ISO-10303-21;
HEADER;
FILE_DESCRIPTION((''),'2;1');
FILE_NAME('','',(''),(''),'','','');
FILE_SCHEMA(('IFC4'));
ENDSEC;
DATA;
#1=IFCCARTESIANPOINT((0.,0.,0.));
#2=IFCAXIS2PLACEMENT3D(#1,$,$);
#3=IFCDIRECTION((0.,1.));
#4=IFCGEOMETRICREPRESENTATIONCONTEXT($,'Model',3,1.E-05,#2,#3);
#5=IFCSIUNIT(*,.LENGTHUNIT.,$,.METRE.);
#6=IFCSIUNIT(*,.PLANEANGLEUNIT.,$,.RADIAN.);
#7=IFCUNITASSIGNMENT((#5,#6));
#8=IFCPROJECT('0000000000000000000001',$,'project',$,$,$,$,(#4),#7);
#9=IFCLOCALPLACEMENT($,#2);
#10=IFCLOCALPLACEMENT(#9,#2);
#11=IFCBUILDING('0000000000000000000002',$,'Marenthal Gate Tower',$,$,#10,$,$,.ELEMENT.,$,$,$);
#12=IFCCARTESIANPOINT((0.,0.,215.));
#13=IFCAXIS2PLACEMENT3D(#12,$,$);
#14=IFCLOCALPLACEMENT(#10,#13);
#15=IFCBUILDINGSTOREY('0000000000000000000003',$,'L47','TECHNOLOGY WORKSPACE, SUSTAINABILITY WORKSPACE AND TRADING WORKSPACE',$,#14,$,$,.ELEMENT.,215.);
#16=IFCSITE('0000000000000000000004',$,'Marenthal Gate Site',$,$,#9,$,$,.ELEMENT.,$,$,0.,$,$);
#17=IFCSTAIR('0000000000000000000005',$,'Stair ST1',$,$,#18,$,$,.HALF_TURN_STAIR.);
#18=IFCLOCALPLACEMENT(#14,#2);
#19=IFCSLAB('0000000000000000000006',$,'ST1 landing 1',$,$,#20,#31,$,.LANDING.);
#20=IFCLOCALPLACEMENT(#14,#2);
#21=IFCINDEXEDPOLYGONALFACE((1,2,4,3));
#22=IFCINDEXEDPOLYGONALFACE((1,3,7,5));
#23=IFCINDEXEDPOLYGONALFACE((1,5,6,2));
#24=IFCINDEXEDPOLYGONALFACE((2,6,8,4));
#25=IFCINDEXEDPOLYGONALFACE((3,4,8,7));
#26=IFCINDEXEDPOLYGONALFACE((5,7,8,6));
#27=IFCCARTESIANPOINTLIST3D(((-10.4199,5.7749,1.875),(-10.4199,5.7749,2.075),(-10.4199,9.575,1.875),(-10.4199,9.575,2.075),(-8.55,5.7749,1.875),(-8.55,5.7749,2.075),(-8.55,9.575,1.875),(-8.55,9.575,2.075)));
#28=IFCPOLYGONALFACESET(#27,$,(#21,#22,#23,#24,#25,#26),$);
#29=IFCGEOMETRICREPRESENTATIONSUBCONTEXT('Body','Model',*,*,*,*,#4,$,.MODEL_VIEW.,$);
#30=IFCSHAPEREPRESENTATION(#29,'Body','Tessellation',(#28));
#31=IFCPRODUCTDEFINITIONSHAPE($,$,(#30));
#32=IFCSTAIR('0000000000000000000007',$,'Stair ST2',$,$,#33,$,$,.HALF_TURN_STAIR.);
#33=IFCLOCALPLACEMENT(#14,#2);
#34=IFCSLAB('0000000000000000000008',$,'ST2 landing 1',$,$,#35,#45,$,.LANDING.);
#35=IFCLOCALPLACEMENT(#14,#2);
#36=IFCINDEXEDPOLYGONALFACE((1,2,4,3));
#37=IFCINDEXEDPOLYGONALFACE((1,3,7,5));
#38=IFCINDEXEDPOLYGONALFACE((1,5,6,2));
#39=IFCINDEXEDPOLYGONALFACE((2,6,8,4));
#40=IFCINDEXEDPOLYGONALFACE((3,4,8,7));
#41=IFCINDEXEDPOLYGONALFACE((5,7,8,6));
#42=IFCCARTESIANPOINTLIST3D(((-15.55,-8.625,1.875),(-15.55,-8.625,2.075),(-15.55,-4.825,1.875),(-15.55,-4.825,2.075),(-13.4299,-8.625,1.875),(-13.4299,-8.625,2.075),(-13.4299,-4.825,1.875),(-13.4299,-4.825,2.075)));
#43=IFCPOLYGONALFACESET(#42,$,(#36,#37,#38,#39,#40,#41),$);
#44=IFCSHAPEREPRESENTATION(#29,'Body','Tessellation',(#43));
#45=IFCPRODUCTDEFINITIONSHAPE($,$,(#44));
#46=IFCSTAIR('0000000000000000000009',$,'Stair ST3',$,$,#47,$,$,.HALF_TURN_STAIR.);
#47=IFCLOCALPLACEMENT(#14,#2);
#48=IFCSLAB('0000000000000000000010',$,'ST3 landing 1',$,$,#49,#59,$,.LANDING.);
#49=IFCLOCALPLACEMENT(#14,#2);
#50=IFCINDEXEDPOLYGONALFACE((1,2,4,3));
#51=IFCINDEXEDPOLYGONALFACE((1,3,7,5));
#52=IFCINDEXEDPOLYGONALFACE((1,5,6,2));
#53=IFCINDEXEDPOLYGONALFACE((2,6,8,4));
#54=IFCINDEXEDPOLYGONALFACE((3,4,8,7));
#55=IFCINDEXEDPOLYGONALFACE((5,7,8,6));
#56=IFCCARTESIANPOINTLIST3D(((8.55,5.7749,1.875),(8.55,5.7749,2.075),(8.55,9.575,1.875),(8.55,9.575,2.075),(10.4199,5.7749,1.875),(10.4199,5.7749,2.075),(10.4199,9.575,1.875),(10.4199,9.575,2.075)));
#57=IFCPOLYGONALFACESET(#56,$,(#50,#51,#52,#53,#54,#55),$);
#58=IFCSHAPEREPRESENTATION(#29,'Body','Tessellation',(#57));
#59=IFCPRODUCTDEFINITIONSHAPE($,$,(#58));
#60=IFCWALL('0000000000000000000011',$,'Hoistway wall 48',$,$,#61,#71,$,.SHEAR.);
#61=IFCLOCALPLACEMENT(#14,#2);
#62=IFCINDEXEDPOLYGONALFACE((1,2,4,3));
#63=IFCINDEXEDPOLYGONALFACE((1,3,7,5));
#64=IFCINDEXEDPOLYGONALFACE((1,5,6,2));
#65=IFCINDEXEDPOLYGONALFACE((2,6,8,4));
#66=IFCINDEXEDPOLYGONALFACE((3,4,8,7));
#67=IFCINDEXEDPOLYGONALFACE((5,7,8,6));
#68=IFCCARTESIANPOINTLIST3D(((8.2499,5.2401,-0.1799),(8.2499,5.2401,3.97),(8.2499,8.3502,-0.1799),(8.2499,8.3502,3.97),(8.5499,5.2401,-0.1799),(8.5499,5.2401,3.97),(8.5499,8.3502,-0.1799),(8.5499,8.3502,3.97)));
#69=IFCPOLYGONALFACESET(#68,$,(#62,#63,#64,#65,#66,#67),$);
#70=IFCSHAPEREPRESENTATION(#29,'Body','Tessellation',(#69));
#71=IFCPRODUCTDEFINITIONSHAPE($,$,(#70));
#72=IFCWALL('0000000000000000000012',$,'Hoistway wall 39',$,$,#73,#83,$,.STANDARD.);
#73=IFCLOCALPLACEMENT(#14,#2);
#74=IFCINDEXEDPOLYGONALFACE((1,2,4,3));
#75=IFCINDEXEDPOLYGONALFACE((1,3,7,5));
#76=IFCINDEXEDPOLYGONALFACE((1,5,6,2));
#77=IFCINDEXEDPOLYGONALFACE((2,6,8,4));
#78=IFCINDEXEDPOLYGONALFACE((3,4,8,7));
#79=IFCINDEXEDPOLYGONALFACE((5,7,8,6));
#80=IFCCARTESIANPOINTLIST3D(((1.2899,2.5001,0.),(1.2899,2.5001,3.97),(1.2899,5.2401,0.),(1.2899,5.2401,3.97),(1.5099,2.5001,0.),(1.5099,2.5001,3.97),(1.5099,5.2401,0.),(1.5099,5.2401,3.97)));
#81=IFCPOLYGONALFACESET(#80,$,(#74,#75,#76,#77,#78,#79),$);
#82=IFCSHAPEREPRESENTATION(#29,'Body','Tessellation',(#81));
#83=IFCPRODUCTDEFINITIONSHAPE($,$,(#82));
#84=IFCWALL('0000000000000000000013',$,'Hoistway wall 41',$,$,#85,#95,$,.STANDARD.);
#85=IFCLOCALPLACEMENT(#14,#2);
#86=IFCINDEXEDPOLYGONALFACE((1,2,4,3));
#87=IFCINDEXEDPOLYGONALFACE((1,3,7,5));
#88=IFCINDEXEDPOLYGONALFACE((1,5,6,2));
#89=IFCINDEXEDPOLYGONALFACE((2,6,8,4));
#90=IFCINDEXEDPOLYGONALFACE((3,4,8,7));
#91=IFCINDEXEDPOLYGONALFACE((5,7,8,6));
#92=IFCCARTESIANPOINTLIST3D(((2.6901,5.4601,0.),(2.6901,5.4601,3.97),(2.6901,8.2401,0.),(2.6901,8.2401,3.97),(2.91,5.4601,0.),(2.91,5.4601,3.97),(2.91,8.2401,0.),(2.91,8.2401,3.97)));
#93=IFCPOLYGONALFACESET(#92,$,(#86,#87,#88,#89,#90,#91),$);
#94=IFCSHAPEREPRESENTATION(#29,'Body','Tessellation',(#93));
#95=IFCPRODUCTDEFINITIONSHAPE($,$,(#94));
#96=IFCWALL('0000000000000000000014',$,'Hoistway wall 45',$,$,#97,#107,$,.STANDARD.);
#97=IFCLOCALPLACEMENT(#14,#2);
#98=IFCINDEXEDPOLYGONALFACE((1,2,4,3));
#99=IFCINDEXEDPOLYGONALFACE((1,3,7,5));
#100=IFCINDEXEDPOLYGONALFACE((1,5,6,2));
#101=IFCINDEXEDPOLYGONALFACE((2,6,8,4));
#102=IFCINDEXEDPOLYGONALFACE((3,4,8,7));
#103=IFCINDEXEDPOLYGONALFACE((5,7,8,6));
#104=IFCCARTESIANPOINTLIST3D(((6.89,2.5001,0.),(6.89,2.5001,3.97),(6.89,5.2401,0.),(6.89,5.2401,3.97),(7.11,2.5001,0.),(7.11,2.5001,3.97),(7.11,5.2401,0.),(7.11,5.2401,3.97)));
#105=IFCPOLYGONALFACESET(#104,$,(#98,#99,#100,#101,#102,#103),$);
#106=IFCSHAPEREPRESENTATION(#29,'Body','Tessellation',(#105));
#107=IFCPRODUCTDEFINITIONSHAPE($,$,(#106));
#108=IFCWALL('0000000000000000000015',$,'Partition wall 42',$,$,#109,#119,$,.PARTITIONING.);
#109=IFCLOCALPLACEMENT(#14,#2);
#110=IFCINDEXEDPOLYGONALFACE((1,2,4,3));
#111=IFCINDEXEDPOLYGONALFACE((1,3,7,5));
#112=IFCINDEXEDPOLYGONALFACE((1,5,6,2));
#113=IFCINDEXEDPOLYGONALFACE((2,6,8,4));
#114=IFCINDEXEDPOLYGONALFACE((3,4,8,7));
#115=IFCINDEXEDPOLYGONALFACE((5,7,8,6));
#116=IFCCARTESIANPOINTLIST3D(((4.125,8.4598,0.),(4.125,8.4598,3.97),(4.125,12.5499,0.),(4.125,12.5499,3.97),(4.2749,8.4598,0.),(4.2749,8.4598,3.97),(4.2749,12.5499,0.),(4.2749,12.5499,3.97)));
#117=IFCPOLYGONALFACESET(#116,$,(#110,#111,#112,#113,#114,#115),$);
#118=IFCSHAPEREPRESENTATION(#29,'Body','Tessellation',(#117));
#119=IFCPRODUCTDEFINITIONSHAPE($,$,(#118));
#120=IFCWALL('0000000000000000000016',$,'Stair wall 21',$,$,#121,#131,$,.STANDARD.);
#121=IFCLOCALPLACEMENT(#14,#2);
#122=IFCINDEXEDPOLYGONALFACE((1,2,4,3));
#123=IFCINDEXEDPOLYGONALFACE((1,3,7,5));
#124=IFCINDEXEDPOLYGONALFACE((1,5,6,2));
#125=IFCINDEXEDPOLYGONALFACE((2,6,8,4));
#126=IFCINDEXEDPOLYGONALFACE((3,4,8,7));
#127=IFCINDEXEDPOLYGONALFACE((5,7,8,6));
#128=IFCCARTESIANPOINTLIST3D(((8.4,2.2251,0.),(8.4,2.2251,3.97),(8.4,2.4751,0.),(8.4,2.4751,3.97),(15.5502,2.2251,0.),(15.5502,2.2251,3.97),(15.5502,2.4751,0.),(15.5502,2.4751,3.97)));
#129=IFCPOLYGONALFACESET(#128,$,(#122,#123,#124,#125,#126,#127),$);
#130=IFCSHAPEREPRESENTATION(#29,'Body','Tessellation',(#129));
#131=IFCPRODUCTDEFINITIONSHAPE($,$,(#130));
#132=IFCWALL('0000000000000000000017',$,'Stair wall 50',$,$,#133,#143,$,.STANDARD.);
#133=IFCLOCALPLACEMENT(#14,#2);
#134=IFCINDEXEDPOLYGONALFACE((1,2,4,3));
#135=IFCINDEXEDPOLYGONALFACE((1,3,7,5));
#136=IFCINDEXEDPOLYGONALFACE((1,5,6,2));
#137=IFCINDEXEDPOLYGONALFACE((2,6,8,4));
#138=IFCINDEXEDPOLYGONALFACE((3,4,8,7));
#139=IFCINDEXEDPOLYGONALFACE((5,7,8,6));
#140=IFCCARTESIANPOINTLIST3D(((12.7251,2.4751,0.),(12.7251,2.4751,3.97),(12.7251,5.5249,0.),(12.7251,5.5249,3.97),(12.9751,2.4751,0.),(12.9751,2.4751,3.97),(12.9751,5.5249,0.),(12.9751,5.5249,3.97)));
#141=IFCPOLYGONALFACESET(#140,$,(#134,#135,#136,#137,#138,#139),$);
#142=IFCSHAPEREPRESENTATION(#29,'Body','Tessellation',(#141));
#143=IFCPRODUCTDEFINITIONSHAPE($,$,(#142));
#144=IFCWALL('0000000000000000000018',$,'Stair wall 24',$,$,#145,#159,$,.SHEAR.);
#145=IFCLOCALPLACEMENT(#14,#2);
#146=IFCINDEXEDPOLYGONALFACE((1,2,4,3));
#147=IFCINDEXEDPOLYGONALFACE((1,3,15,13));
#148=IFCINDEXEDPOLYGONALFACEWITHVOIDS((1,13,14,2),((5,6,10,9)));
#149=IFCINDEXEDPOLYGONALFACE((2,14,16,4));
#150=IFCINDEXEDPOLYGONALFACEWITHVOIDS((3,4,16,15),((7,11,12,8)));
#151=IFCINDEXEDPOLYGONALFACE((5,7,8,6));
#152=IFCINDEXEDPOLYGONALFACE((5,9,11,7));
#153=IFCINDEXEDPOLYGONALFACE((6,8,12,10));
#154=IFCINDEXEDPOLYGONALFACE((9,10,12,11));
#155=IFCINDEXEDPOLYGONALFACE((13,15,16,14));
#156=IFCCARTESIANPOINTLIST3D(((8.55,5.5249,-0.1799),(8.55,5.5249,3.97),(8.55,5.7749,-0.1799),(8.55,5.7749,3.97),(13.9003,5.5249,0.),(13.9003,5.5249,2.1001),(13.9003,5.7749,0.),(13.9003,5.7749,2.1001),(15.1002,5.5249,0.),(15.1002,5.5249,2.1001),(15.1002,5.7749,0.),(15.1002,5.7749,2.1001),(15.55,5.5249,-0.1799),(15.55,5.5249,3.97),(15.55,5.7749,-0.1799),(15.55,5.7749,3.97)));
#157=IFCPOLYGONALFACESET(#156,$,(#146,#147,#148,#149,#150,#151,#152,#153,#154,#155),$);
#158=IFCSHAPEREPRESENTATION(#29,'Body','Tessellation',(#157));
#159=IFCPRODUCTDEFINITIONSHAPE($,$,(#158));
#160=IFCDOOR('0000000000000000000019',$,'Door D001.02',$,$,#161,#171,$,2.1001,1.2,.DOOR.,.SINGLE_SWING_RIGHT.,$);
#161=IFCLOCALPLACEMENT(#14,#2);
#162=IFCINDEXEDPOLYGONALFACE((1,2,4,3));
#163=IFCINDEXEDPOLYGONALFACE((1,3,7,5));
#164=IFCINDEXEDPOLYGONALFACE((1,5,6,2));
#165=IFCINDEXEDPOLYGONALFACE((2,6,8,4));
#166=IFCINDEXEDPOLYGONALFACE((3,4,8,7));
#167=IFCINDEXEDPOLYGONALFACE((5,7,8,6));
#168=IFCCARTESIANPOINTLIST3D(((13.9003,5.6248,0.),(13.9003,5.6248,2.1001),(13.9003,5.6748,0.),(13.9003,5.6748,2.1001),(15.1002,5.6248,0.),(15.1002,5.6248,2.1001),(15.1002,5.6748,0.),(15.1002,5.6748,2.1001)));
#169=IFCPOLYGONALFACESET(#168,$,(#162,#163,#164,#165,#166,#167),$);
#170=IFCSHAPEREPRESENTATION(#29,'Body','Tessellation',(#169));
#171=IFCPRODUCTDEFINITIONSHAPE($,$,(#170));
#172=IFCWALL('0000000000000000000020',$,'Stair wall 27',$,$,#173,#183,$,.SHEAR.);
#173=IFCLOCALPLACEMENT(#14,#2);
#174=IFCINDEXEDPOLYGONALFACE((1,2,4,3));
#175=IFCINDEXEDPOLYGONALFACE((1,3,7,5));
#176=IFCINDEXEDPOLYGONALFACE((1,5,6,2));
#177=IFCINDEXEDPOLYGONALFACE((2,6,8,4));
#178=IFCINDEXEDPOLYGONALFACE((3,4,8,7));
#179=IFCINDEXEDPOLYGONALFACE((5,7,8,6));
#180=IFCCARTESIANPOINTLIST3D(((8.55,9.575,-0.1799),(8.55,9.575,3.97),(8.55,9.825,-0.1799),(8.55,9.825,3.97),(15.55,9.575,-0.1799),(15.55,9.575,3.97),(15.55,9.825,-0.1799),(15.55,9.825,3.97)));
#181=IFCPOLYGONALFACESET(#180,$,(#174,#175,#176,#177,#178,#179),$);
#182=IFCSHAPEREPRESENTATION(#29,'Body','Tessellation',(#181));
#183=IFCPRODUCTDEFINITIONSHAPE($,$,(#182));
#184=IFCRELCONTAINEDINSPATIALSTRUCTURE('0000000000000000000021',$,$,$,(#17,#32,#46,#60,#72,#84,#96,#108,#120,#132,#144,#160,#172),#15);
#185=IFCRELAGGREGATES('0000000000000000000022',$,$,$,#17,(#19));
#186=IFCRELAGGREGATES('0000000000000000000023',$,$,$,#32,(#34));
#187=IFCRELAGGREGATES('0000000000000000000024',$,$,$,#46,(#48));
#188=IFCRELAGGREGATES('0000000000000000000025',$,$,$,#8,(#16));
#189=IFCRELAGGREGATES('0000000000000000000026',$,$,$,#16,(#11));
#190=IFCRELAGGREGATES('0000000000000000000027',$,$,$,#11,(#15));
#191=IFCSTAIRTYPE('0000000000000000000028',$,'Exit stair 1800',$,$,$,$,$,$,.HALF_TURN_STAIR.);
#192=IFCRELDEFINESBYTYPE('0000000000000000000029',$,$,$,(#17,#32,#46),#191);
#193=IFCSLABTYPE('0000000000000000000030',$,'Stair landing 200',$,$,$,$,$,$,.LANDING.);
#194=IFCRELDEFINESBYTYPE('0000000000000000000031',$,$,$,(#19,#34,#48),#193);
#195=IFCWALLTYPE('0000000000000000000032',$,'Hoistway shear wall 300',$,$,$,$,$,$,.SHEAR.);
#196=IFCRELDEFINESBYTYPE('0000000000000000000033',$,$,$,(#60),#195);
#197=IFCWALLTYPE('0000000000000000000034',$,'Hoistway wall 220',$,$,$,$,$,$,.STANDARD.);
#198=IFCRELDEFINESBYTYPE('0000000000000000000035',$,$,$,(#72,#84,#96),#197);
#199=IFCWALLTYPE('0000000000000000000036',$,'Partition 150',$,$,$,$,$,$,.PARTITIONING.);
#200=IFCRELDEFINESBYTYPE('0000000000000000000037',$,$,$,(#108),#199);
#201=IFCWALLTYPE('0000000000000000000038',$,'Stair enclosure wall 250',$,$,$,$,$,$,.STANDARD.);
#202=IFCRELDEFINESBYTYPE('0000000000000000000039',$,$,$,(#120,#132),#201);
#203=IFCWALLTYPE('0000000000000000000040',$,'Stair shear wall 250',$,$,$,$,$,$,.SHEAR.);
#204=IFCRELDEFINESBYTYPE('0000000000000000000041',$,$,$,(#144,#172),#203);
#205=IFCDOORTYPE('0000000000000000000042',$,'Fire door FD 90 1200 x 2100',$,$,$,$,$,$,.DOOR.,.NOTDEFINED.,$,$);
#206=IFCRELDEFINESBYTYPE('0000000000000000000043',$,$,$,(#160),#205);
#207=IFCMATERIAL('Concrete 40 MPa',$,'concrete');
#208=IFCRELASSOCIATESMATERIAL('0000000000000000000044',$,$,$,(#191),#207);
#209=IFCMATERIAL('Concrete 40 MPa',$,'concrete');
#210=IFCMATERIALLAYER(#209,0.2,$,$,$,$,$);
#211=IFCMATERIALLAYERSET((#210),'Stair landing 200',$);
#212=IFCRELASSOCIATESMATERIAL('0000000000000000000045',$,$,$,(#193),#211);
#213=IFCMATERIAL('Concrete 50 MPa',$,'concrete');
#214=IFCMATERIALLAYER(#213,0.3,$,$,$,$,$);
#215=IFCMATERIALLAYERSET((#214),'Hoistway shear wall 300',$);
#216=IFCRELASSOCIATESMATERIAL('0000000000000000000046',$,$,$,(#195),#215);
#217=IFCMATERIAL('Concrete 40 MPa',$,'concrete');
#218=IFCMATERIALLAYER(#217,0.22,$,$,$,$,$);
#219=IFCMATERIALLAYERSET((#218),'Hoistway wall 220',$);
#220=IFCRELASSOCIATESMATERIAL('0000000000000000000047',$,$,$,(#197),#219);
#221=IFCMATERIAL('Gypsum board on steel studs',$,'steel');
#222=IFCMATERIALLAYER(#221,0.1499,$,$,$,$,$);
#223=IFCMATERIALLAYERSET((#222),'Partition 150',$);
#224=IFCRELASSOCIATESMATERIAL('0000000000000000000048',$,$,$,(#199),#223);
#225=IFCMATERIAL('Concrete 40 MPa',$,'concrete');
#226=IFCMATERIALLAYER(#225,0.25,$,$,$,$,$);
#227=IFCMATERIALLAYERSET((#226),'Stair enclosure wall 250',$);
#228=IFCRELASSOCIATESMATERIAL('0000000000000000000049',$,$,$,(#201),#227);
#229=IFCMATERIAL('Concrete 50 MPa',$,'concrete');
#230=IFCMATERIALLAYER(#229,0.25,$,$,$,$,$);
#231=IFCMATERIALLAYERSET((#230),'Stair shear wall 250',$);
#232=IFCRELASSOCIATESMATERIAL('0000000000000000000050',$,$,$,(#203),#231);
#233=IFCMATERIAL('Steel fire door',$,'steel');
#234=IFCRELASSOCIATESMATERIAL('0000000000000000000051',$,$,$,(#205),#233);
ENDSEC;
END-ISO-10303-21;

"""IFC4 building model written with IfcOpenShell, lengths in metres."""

from ifc_helpers import new_model, si_unit, direction, frame, frame_2d, origin, place, context, subcontext, project, spatial, polyline, rectangle, outline, extrude, material, layer, layer_set, type_object, element, fill, aggregate, save


model = new_model("IFC4")

# Units and contexts
model_context = context("Model", 3, precision=1e-05, world=origin(), true_north=direction((0.0, 1.0)))
body_context = subcontext(model_context, "Body", "Model", "MODEL_VIEW")
ifc_project = project(units=[si_unit("LENGTHUNIT", "METRE"), si_unit("PLANEANGLEUNIT", "RADIAN")], contexts=[model_context])

# Site, building, storey
site_placement = place(None, origin())
site = spatial("IfcSite", under=ifc_project, at=site_placement, Name="Marenthal Gate Site", CompositionType="ELEMENT", RefElevation=0.0)
building_placement = place(site_placement, origin())
building = spatial("IfcBuilding", under=site, at=building_placement, Name="Marenthal Gate Tower", CompositionType="ELEMENT")
storey_placement = place(building_placement, frame((0.0, 0.0, 215.0)))
storey = spatial("IfcBuildingStorey", under=building, at=storey_placement, Name="L47", Description="TECHNOLOGY WORKSPACE, SUSTAINABILITY WORKSPACE AND TRADING WORKSPACE", CompositionType="ELEMENT", Elevation=215.0)

# Stairs, slabs
ifc_material_1 = material(Name="Concrete 40 MPa", Category="concrete")
stair_type = type_object("IfcStairType", Name="Exit stair 1800", PredefinedType="HALF_TURN_STAIR", material=ifc_material_1)
stair_1_placement = place(storey_placement, origin())
stair_1 = element("IfcStair", 1, at=stair_1_placement, inside=storey, type_object=stair_type, Name="Stair ST1", PredefinedType="HALF_TURN_STAIR")
ifc_material_2 = material(Name="Concrete 40 MPa", Category="concrete")
ifc_layer_1 = layer(ifc_material_2, 0.2)
ifc_layer_set_1 = layer_set([ifc_layer_1], Name="Stair landing 200")
slab_type = type_object("IfcSlabType", Name="Stair landing 200", PredefinedType="LANDING", material=ifc_layer_set_1)
slab_1_placement = place(storey_placement, frame((0.0, 0.0, 1.875)))
slab_1 = element("IfcSlab", 2, at=slab_1_placement, type_object=slab_type, Name="ST1 landing 1", PredefinedType="LANDING", context=body_context, shape_type="SweptSolid", body=[
    extrude(outline(polyline([(-10.4199, 5.7749), (-8.55, 5.7749), (-8.55, 9.575), (-10.4199, 9.575), (-10.4199, 5.7749)])), origin(), (0.0, 0.0, 1.0), 0.2),
])
aggregate(stair_1, [slab_1])
stair_2_placement = place(storey_placement, origin())
stair_2 = element("IfcStair", 3, at=stair_2_placement, inside=storey, type_object=stair_type, Name="Stair ST2", PredefinedType="HALF_TURN_STAIR")
slab_2_placement = place(storey_placement, frame((0.0, 0.0, 1.875)))
slab_2 = element("IfcSlab", 4, at=slab_2_placement, type_object=slab_type, Name="ST2 landing 1", PredefinedType="LANDING", context=body_context, shape_type="SweptSolid", body=[
    extrude(outline(polyline([(-15.55, -8.625), (-13.4299, -8.625), (-13.4299, -4.825), (-15.55, -4.825), (-15.55, -8.625)])), origin(), (0.0, 0.0, 1.0), 0.2),
])
aggregate(stair_2, [slab_2])
stair_3_placement = place(storey_placement, origin())
stair_3 = element("IfcStair", 5, at=stair_3_placement, inside=storey, type_object=stair_type, Name="Stair ST3", PredefinedType="HALF_TURN_STAIR")
slab_3_placement = place(storey_placement, frame((0.0, 0.0, 1.875)))
slab_3 = element("IfcSlab", 6, at=slab_3_placement, type_object=slab_type, Name="ST3 landing 1", PredefinedType="LANDING", context=body_context, shape_type="SweptSolid", body=[
    extrude(outline(polyline([(8.55, 5.7749), (10.4199, 5.7749), (10.4199, 9.575), (8.55, 9.575), (8.55, 5.7749)])), origin(), (0.0, 0.0, 1.0), 0.2),
])

# Walls
ifc_material_3 = material(Name="Concrete 50 MPa", Category="concrete")
ifc_layer_2 = layer(ifc_material_3, 0.3)
ifc_layer_set_2 = layer_set([ifc_layer_2], Name="Hoistway shear wall 300")
wall_type_1 = type_object("IfcWallType", Name="Hoistway shear wall 300", PredefinedType="SHEAR", material=ifc_layer_set_2)
wall_1_placement = place(storey_placement, frame((8.3999, 5.24, -0.1799), z_axis=(0.0, 0.0, 1.0), x_axis=(0.0, 1.0, 0.0)))
element("IfcWall", 7, at=wall_1_placement, inside=storey, type_object=wall_type_1, Name="Hoistway wall 48", PredefinedType="SHEAR", context=body_context, shape_type="SweptSolid", body=[
    extrude(rectangle(XDim=3.1101, YDim=0.3, at=frame_2d((1.5552, 0.0))), origin(), (0.0, 0.0, 1.0), 4.1499),
])
ifc_material_4 = material(Name="Concrete 40 MPa", Category="concrete")
ifc_layer_3 = layer(ifc_material_4, 0.22)
ifc_layer_set_3 = layer_set([ifc_layer_3], Name="Hoistway wall 220")
wall_type_2 = type_object("IfcWallType", Name="Hoistway wall 220", PredefinedType="STANDARD", material=ifc_layer_set_3)
wall_2_placement = place(storey_placement, frame((1.3999, 2.5, 0.0), z_axis=(0.0, 0.0, 1.0), x_axis=(0.0, 1.0, 0.0)))
element("IfcWall", 8, at=wall_2_placement, inside=storey, type_object=wall_type_2, Name="Hoistway wall 39", PredefinedType="STANDARD", context=body_context, shape_type="SweptSolid", body=[
    extrude(rectangle(XDim=2.74, YDim=0.22, at=frame_2d((1.3701, 0.0))), origin(), (0.0, 0.0, 1.0), 3.97),
])
wall_3_placement = place(storey_placement, frame((2.8, 5.46, 0.0), z_axis=(0.0, 0.0, 1.0), x_axis=(0.0, 1.0, 0.0)))
element("IfcWall", 9, at=wall_3_placement, inside=storey, type_object=wall_type_2, Name="Hoistway wall 41", PredefinedType="STANDARD", context=body_context, shape_type="SweptSolid", body=[
    extrude(rectangle(XDim=2.78, YDim=0.22, at=frame_2d((1.3901, 0.0))), origin(), (0.0, 0.0, 1.0), 3.97),
])
wall_4_placement = place(storey_placement, frame((7.0, 2.5, 0.0), z_axis=(0.0, 0.0, 1.0), x_axis=(0.0, 1.0, 0.0)))
element("IfcWall", 10, at=wall_4_placement, inside=storey, type_object=wall_type_2, Name="Hoistway wall 45", PredefinedType="STANDARD", context=body_context, shape_type="SweptSolid", body=[
    extrude(rectangle(XDim=2.74, YDim=0.22, at=frame_2d((1.3701, 0.0))), origin(), (0.0, 0.0, 1.0), 3.97),
])
ifc_material_5 = material(Name="Gypsum board on steel studs", Category="steel")
ifc_layer_4 = layer(ifc_material_5, 0.1499)
ifc_layer_set_4 = layer_set([ifc_layer_4], Name="Partition 150")
wall_type_3 = type_object("IfcWallType", Name="Partition 150", PredefinedType="PARTITIONING", material=ifc_layer_set_4)
wall_5_placement = place(storey_placement, frame((4.2, 8.46, 0.0), z_axis=(0.0, 0.0, 1.0), x_axis=(0.0, 1.0, 0.0)))
element("IfcWall", 11, at=wall_5_placement, inside=storey, type_object=wall_type_3, Name="Partition wall 42", PredefinedType="PARTITIONING", context=body_context, shape_type="SweptSolid", body=[
    extrude(rectangle(XDim=4.0901, YDim=0.1499, at=frame_2d((2.0449, 0.0))), origin(), (0.0, 0.0, 1.0), 3.97),
])
ifc_material_6 = material(Name="Concrete 40 MPa", Category="concrete")
ifc_layer_5 = layer(ifc_material_6, 0.25)
ifc_layer_set_5 = layer_set([ifc_layer_5], Name="Stair enclosure wall 250")
wall_type_4 = type_object("IfcWallType", Name="Stair enclosure wall 250", PredefinedType="STANDARD", material=ifc_layer_set_5)
wall_6_placement = place(storey_placement, frame((8.3999, 2.3501, 0.0), z_axis=(0.0, 0.0, 1.0), x_axis=(1.0, 0.0, 0.0)))
element("IfcWall", 12, at=wall_6_placement, inside=storey, type_object=wall_type_4, Name="Stair wall 21", PredefinedType="STANDARD", context=body_context, shape_type="SweptSolid", body=[
    extrude(rectangle(XDim=7.1501, YDim=0.25, at=frame_2d((3.5752, 0.0))), origin(), (0.0, 0.0, 1.0), 3.97),
])
wall_7_placement = place(storey_placement, frame((12.8501, 2.4751, 0.0), z_axis=(0.0, 0.0, 1.0), x_axis=(0.0, 1.0, 0.0)))
element("IfcWall", 13, at=wall_7_placement, inside=storey, type_object=wall_type_4, Name="Stair wall 50", PredefinedType="STANDARD", context=body_context, shape_type="SweptSolid", body=[
    extrude(rectangle(XDim=3.0498, YDim=0.25, at=frame_2d((1.5249, 0.0))), origin(), (0.0, 0.0, 1.0), 3.97),
])

# Wall, opening, door
ifc_material_7 = material(Name="Concrete 50 MPa", Category="concrete")
ifc_layer_6 = layer(ifc_material_7, 0.25)
ifc_layer_set_6 = layer_set([ifc_layer_6], Name="Stair shear wall 250")
wall_type_5 = type_object("IfcWallType", Name="Stair shear wall 250", PredefinedType="SHEAR", material=ifc_layer_set_6)
wall_8_placement = place(storey_placement, frame((8.55, 5.6499, -0.1799), z_axis=(0.0, 0.0, 1.0), x_axis=(1.0, 0.0, 0.0)))
wall_8 = element("IfcWall", 14, at=wall_8_placement, inside=storey, type_object=wall_type_5, Name="Stair wall 24", PredefinedType="SHEAR", context=body_context, shape_type="SweptSolid", body=[
    extrude(rectangle(XDim=7.0, YDim=0.25, at=frame_2d((3.5, 0.0))), origin(), (0.0, 0.0, 1.0), 4.1499),
])
opening_placement = place(wall_8_placement, frame((5.3501, 0.0, 0.1799)))
opening = element("IfcOpeningElement", 15, at=opening_placement, cuts=wall_8, PredefinedType="OPENING", context=body_context, shape_type="SweptSolid", body=[
    extrude(rectangle(XDim=1.2, YDim=2.1001, at=frame_2d((0.6001, 1.05))), frame((0.0, 0.135, 0.0), z_axis=(0.0, -1.0, 0.0), x_axis=(1.0, 0.0, 0.0)), (0.0, 0.0, 1.0), 0.27),
])
ifc_material_8 = material(Name="Steel fire door", Category="steel")
door_type = type_object("IfcDoorType", Name="Fire door FD 90 1200 x 2100", OperationType="NOTDEFINED", PredefinedType="DOOR", material=ifc_material_8)
door_placement = place(opening_placement, origin())
door = element("IfcDoor", 16, at=door_placement, inside=storey, type_object=door_type, Name="Door D001.02", OperationType="SINGLE_SWING_RIGHT", OverallHeight=2.1001, OverallWidth=1.2, PredefinedType="DOOR", context=body_context, shape_type="SweptSolid", body=[
    extrude(rectangle(XDim=1.2, YDim=2.1001, at=frame_2d((0.6001, 1.05))), frame((0.0, 0.0249, 0.0), z_axis=(0.0, -1.0, 0.0), x_axis=(1.0, 0.0, 0.0)), (0.0, 0.0, 1.0), 0.05),
])
fill(opening, door)

# Wall
wall_9_placement = place(storey_placement, frame((8.55, 9.7, -0.1799), z_axis=(0.0, 0.0, 1.0), x_axis=(1.0, 0.0, 0.0)))
element("IfcWall", 17, at=wall_9_placement, inside=storey, type_object=wall_type_5, Name="Stair wall 27", PredefinedType="SHEAR", context=body_context, shape_type="SweptSolid", body=[
    extrude(rectangle(XDim=7.0, YDim=0.25, at=frame_2d((3.5, 0.0))), origin(), (0.0, 0.0, 1.0), 4.1499),
])

aggregate(stair_3, [slab_3])

save(model, "model.ifc")
